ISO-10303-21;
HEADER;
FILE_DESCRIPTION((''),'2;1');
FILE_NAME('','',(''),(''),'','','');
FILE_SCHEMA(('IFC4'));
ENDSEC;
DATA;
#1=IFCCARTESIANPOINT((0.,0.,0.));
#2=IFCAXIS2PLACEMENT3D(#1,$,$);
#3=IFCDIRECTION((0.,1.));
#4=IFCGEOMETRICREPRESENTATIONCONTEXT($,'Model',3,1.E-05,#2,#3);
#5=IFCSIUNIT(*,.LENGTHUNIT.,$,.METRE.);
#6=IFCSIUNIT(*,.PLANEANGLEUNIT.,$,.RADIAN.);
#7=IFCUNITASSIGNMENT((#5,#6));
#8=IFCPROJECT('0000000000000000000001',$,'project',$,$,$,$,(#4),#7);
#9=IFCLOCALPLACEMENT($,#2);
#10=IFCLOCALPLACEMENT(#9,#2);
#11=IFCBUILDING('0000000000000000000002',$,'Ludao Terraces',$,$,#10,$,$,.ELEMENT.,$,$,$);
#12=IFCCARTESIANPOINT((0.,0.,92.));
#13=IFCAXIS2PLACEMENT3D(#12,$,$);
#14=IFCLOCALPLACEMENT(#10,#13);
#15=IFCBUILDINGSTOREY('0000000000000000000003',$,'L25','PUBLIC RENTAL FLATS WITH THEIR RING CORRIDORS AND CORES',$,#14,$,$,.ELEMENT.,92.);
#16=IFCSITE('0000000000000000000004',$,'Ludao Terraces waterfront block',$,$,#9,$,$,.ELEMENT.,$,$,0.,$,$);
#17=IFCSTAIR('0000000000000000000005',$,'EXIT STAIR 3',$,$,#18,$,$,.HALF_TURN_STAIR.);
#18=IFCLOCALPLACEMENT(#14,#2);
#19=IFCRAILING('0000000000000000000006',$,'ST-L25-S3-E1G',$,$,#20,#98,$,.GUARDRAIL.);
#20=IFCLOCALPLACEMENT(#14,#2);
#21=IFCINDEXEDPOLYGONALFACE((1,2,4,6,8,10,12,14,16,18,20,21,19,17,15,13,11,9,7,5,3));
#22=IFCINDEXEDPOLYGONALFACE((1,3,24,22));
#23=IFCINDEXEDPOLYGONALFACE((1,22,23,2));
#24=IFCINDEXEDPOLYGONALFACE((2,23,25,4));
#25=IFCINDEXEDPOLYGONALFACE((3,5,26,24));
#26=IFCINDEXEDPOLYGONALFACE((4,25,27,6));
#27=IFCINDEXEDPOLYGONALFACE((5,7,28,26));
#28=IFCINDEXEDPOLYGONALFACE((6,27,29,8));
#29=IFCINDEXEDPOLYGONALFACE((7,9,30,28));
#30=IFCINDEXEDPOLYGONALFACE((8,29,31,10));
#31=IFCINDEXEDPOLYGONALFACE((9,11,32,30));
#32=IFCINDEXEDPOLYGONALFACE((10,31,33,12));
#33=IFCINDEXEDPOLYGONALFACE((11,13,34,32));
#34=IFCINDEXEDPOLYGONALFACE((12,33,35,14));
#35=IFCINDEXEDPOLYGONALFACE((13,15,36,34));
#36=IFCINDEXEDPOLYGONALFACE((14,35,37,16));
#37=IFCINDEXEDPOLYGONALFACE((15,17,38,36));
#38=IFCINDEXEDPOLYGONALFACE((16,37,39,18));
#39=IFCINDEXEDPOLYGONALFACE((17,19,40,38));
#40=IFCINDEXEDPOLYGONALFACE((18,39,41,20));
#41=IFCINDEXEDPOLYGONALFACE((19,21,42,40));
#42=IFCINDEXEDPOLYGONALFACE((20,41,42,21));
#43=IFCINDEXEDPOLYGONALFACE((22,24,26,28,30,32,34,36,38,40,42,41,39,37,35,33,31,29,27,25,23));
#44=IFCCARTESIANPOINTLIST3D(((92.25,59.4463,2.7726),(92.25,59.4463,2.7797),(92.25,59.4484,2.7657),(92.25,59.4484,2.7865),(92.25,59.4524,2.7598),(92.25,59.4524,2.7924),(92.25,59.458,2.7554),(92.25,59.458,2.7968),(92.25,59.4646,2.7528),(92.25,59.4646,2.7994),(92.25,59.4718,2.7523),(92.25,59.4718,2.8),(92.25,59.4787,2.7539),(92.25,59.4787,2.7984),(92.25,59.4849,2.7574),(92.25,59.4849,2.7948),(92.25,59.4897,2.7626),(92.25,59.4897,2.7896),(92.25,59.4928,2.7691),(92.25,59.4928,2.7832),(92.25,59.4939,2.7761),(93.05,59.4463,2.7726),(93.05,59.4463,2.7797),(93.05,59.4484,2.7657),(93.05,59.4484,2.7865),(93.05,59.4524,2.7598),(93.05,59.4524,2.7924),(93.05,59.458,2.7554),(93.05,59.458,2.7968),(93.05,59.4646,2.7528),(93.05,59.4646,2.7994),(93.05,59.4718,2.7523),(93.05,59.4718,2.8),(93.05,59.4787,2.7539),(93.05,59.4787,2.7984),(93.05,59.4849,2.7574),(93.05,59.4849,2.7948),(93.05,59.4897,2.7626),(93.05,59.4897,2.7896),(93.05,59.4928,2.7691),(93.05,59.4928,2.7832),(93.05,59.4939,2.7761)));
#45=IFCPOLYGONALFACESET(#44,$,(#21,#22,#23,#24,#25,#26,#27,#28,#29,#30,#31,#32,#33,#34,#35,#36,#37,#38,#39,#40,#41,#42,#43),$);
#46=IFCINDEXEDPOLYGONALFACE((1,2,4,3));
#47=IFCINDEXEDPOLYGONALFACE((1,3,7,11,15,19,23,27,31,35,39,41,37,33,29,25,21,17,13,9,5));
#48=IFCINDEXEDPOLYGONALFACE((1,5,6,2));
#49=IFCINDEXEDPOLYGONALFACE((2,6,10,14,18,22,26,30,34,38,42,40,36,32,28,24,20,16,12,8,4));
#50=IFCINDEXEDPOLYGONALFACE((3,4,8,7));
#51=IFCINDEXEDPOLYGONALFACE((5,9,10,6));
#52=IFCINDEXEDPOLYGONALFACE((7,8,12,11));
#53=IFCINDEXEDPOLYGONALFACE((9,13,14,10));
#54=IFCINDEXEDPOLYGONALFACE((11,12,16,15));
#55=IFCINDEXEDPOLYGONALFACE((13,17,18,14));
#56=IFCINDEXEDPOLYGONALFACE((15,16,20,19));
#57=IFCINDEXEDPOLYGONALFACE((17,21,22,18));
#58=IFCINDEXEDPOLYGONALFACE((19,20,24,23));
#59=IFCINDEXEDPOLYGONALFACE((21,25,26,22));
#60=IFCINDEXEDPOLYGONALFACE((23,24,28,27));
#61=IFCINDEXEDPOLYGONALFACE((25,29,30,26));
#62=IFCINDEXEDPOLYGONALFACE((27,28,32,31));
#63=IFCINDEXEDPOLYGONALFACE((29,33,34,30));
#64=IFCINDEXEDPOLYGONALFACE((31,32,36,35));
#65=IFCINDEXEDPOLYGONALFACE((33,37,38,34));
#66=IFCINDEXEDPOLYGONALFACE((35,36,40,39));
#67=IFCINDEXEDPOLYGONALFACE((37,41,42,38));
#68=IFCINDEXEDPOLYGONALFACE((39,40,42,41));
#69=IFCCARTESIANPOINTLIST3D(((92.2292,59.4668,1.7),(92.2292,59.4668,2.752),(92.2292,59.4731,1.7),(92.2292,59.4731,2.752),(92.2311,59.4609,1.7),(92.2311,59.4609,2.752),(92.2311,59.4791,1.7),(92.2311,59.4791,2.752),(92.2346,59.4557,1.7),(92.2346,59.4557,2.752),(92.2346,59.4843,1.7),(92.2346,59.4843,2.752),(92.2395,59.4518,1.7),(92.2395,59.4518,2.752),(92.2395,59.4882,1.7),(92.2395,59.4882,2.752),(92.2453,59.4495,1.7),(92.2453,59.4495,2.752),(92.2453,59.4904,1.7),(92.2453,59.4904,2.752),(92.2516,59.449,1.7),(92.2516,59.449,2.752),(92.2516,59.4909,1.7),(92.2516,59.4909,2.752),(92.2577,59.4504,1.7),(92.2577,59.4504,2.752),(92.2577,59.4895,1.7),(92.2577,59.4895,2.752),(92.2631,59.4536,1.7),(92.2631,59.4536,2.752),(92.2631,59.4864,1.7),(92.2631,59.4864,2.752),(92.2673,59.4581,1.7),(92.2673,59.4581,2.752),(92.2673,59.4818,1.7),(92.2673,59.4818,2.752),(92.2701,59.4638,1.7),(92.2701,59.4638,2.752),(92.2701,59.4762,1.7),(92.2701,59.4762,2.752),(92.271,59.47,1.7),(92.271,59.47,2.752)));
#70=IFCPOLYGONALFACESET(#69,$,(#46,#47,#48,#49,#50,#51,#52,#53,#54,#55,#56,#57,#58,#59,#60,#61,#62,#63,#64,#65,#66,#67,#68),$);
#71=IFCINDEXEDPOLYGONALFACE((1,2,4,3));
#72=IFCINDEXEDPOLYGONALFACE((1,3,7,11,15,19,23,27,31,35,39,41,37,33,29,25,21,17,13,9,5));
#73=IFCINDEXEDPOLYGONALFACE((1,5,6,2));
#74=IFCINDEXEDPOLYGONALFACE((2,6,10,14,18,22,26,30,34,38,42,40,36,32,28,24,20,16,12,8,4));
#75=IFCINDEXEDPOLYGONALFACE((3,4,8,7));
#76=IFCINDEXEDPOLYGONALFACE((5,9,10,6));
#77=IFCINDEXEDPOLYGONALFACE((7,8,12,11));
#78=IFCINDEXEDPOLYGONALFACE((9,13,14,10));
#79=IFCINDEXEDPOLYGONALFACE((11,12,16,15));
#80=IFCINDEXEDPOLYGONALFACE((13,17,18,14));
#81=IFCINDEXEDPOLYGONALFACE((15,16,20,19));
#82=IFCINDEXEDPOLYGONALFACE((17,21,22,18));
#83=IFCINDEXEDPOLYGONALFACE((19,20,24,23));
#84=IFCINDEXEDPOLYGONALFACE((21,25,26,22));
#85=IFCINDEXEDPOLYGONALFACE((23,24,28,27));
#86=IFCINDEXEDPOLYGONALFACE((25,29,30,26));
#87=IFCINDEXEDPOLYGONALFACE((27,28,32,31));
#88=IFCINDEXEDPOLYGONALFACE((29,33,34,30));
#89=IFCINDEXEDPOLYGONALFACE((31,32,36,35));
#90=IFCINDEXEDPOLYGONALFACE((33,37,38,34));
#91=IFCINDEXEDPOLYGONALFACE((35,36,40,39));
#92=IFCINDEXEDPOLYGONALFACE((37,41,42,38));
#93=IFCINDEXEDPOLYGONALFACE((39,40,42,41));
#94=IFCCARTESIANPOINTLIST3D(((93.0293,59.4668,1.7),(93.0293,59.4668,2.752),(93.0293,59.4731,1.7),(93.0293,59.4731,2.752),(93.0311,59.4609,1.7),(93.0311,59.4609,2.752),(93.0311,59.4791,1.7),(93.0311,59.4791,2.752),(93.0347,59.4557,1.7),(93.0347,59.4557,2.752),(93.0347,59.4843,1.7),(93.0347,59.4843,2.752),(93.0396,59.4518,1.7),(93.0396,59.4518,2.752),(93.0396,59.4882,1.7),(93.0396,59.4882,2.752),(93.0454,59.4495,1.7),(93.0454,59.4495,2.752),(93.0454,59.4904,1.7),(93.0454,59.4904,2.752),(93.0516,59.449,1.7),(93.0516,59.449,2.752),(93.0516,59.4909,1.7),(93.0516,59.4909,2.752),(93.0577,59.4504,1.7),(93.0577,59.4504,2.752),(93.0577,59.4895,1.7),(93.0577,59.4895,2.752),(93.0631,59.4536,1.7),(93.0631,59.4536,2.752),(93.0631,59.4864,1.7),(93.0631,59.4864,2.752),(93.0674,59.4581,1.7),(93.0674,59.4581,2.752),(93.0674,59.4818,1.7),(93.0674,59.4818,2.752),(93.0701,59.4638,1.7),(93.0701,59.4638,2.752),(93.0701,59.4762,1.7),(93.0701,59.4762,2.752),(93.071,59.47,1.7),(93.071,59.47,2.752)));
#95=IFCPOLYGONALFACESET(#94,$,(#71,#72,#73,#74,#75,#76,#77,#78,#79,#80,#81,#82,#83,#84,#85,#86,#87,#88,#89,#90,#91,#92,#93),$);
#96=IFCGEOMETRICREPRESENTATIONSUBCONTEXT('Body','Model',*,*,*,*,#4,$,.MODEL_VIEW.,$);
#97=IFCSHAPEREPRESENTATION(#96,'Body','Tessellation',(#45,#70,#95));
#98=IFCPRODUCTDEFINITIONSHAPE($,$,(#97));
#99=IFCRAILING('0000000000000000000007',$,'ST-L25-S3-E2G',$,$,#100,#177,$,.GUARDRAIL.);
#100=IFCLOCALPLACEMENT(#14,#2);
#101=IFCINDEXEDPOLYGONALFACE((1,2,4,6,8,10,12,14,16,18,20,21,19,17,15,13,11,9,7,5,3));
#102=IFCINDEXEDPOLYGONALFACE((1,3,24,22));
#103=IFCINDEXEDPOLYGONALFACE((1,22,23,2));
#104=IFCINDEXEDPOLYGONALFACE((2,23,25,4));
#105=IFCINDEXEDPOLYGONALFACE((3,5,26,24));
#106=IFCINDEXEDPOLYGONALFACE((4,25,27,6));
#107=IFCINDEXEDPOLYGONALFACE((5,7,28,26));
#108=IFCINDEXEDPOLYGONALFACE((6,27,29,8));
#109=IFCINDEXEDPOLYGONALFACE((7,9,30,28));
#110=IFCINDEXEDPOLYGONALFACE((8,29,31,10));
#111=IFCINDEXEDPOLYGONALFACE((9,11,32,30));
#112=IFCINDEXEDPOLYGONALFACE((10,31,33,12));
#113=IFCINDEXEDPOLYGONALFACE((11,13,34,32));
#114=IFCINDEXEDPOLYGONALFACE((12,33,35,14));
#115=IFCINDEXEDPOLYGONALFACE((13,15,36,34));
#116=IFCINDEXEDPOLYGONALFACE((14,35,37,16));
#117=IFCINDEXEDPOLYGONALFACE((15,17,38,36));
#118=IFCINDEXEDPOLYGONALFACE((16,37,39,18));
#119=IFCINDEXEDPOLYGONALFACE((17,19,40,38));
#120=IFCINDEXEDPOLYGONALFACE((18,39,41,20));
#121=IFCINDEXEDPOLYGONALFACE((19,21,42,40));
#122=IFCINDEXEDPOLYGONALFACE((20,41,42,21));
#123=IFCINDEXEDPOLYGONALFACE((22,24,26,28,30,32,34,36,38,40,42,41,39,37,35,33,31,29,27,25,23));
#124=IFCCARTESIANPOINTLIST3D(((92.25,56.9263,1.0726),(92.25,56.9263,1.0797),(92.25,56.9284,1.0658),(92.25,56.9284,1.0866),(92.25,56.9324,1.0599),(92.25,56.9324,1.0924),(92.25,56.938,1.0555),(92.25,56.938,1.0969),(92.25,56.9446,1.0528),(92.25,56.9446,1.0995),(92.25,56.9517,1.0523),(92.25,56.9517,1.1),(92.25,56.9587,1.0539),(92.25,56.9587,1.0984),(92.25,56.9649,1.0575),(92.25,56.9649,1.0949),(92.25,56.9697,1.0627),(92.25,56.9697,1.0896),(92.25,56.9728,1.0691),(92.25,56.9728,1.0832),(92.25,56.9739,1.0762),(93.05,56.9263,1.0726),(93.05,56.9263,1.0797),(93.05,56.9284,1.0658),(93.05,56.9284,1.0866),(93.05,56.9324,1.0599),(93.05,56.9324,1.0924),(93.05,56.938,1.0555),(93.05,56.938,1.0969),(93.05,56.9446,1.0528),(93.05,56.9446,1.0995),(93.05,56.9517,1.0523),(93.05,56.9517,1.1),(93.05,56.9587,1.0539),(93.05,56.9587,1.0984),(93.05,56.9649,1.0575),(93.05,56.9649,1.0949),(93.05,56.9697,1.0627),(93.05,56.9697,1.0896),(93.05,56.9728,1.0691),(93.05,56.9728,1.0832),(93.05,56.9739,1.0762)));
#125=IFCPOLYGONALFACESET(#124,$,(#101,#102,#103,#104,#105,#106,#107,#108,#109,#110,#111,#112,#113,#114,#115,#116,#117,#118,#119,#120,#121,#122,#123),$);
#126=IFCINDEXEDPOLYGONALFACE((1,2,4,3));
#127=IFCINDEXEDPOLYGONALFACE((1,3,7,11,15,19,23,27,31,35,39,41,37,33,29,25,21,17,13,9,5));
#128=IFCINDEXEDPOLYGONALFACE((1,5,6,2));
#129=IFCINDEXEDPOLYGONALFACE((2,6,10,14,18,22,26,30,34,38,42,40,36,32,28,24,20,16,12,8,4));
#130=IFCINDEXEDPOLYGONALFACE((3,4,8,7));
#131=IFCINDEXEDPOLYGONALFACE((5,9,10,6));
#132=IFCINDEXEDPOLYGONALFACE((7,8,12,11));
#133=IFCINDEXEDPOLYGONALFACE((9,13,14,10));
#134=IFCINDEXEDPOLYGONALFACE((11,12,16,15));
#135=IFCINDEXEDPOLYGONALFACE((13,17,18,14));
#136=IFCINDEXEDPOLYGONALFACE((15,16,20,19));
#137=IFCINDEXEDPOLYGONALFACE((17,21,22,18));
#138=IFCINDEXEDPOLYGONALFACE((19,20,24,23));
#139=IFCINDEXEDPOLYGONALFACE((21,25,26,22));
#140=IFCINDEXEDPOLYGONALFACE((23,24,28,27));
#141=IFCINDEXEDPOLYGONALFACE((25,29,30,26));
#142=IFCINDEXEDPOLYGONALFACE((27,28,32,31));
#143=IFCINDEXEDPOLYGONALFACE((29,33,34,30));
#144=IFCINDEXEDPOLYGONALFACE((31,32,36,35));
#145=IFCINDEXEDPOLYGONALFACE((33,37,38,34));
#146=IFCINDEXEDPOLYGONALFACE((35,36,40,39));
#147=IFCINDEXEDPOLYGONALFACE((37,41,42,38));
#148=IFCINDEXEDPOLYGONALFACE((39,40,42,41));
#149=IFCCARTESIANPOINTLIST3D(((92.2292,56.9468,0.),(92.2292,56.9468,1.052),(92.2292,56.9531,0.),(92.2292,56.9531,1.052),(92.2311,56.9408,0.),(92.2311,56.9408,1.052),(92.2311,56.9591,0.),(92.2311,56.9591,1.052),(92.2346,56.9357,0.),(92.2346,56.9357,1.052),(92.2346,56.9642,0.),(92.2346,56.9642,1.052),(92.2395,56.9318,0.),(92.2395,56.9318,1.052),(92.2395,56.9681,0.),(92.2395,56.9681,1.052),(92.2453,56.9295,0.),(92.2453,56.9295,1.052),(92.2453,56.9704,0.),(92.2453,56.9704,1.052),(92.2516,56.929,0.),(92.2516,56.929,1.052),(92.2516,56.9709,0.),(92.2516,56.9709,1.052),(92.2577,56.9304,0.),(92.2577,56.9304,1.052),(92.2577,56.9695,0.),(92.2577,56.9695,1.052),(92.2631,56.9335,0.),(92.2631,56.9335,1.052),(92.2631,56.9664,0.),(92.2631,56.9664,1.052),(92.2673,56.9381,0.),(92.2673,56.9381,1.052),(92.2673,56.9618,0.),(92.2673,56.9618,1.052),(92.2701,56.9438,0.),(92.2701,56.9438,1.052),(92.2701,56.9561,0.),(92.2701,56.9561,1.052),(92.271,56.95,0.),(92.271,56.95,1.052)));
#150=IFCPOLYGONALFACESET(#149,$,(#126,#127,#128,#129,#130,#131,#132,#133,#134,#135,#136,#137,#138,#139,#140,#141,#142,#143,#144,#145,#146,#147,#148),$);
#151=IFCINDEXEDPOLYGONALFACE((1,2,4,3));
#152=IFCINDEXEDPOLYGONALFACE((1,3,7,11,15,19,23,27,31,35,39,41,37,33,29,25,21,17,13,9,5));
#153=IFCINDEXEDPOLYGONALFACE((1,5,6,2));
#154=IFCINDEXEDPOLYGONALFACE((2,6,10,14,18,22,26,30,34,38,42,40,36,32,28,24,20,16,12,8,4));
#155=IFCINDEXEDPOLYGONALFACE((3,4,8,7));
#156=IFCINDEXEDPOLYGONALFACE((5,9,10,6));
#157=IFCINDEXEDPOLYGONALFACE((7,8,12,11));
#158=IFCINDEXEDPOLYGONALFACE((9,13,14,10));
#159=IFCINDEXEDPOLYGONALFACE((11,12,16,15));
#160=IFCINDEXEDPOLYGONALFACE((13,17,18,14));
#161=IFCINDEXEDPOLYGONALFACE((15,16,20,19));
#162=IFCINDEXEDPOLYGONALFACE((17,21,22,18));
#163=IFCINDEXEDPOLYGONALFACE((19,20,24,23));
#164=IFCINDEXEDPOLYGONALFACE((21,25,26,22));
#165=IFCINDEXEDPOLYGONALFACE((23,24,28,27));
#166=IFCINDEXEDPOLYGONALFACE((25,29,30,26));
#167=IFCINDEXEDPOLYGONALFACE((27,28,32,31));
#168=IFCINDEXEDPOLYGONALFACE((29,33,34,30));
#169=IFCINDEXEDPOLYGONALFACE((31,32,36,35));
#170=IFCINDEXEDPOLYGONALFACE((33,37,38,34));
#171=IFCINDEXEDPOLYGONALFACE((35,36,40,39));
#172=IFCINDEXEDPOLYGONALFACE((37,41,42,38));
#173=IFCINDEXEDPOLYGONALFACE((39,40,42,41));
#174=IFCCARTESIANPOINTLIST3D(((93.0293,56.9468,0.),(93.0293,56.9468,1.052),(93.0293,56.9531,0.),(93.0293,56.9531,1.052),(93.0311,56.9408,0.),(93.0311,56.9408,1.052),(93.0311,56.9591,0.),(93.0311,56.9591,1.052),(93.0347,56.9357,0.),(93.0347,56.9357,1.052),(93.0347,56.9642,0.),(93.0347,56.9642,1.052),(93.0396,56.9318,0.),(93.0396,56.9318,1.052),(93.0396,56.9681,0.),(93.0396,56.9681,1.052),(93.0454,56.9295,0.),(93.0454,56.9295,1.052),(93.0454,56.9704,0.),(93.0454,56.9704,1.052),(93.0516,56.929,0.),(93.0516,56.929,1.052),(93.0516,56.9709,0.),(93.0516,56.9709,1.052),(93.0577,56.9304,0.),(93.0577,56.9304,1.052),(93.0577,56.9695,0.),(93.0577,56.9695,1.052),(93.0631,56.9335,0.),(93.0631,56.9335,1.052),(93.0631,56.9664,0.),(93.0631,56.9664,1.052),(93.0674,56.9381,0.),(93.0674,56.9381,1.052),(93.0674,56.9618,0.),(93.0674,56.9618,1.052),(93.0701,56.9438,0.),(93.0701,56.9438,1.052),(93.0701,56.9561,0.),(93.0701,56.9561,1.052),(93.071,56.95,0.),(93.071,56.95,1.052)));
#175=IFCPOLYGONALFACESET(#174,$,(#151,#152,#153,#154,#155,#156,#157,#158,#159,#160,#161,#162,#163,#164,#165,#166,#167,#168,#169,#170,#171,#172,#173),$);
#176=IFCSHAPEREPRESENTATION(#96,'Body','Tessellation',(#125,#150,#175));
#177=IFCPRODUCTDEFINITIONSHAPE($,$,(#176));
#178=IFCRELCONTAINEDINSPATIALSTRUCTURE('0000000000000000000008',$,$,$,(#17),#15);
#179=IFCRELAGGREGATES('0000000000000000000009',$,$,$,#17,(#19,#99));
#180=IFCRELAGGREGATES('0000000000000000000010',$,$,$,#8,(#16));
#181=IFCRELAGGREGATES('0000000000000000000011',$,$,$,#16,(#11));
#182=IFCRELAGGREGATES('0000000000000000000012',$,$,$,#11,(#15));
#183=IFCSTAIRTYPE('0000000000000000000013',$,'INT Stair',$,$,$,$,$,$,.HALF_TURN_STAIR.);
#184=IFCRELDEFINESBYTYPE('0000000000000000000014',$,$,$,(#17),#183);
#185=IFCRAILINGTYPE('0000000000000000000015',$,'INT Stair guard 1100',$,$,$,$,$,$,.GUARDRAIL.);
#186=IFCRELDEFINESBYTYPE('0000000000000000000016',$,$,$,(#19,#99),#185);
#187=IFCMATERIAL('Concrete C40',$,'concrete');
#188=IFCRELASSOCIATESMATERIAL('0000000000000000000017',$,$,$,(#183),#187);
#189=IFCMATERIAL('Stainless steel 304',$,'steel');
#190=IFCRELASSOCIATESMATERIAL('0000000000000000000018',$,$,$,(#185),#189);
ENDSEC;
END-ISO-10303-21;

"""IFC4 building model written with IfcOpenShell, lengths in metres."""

from ifc_helpers import new_model, si_unit, direction, frame, origin, origin_2d, place, context, subcontext, project, spatial, circle, extrude, material, type_object, element, aggregate, save


model = new_model("IFC4")

# Units and contexts
model_context = context("Model", 3, precision=1e-05, world=origin(), true_north=direction((0.0, 1.0)))
body_context = subcontext(model_context, "Body", "Model", "MODEL_VIEW")
ifc_project = project(units=[si_unit("LENGTHUNIT", "METRE"), si_unit("PLANEANGLEUNIT", "RADIAN")], contexts=[model_context])

# Site, building, storey
site_placement = place(None, origin())
site = spatial("IfcSite", under=ifc_project, at=site_placement, Name="Ludao Terraces waterfront block", CompositionType="ELEMENT", RefElevation=0.0)
building_placement = place(site_placement, origin())
building = spatial("IfcBuilding", under=site, at=building_placement, Name="Ludao Terraces", CompositionType="ELEMENT")
storey_placement = place(building_placement, frame((0.0, 0.0, 92.0)))
storey = spatial("IfcBuildingStorey", under=building, at=storey_placement, Name="L25", Description="PUBLIC RENTAL FLATS WITH THEIR RING CORRIDORS AND CORES", CompositionType="ELEMENT", Elevation=92.0)

# Shared definitions
ifc_material_1 = material(Name="Concrete C40", Category="concrete")

# Stair, railings
stair_type = type_object("IfcStairType", Name="INT Stair", PredefinedType="HALF_TURN_STAIR", material=ifc_material_1)
stair_placement = place(storey_placement, origin())
stair = element("IfcStair", 1, at=stair_placement, inside=storey, type_object=stair_type, Name="EXIT STAIR 3", PredefinedType="HALF_TURN_STAIR")
ifc_material_2 = material(Name="Stainless steel 304", Category="steel")
railing_type_1 = type_object("IfcRailingType", Name="INT Stair guard 1100", PredefinedType="GUARDRAIL", material=ifc_material_2)
railing_1_placement = place(storey_placement, frame((92.25, 59.47, 1.7)))
railing_1 = element("IfcRailing", 2, at=railing_1_placement, type_object=railing_type_1, Name="ST-L25-S3-E1G", PredefinedType="GUARDRAIL", context=body_context, shape_type="SweptSolid", body=[
    extrude(circle(Radius=0.0239, at=origin_2d()), frame((0.0, 0.0, 1.0762), z_axis=(1.0, 0.0, 0.0), x_axis=(0.0, 1.0, 0.0)), (0.0, 0.0, 1.0), 0.8),
    extrude(circle(Radius=0.021, at=origin_2d()), origin(), (0.0, 0.0, 1.0), 1.052),
    extrude(circle(Radius=0.021, at=origin_2d()), frame((0.8, 0.0, 0.0)), (0.0, 0.0, 1.0), 1.052),
])
railing_2_placement = place(storey_placement, frame((92.25, 56.95, 0.0)))
railing_2 = element("IfcRailing", 3, at=railing_2_placement, type_object=railing_type_1, Name="ST-L25-S3-E2G", PredefinedType="GUARDRAIL", context=body_context, shape_type="SweptSolid", body=[
    extrude(circle(Radius=0.0239, at=origin_2d()), frame((0.0, 0.0, 1.0762), z_axis=(1.0, 0.0, 0.0), x_axis=(0.0, 1.0, 0.0)), (0.0, 0.0, 1.0), 0.8),
    extrude(circle(Radius=0.021, at=origin_2d()), origin(), (0.0, 0.0, 1.0), 1.052),
    extrude(circle(Radius=0.021, at=origin_2d()), frame((0.8, 0.0, 0.0)), (0.0, 0.0, 1.0), 1.052),
])
aggregate(stair, [railing_1, railing_2])

save(model, "model.ifc")
